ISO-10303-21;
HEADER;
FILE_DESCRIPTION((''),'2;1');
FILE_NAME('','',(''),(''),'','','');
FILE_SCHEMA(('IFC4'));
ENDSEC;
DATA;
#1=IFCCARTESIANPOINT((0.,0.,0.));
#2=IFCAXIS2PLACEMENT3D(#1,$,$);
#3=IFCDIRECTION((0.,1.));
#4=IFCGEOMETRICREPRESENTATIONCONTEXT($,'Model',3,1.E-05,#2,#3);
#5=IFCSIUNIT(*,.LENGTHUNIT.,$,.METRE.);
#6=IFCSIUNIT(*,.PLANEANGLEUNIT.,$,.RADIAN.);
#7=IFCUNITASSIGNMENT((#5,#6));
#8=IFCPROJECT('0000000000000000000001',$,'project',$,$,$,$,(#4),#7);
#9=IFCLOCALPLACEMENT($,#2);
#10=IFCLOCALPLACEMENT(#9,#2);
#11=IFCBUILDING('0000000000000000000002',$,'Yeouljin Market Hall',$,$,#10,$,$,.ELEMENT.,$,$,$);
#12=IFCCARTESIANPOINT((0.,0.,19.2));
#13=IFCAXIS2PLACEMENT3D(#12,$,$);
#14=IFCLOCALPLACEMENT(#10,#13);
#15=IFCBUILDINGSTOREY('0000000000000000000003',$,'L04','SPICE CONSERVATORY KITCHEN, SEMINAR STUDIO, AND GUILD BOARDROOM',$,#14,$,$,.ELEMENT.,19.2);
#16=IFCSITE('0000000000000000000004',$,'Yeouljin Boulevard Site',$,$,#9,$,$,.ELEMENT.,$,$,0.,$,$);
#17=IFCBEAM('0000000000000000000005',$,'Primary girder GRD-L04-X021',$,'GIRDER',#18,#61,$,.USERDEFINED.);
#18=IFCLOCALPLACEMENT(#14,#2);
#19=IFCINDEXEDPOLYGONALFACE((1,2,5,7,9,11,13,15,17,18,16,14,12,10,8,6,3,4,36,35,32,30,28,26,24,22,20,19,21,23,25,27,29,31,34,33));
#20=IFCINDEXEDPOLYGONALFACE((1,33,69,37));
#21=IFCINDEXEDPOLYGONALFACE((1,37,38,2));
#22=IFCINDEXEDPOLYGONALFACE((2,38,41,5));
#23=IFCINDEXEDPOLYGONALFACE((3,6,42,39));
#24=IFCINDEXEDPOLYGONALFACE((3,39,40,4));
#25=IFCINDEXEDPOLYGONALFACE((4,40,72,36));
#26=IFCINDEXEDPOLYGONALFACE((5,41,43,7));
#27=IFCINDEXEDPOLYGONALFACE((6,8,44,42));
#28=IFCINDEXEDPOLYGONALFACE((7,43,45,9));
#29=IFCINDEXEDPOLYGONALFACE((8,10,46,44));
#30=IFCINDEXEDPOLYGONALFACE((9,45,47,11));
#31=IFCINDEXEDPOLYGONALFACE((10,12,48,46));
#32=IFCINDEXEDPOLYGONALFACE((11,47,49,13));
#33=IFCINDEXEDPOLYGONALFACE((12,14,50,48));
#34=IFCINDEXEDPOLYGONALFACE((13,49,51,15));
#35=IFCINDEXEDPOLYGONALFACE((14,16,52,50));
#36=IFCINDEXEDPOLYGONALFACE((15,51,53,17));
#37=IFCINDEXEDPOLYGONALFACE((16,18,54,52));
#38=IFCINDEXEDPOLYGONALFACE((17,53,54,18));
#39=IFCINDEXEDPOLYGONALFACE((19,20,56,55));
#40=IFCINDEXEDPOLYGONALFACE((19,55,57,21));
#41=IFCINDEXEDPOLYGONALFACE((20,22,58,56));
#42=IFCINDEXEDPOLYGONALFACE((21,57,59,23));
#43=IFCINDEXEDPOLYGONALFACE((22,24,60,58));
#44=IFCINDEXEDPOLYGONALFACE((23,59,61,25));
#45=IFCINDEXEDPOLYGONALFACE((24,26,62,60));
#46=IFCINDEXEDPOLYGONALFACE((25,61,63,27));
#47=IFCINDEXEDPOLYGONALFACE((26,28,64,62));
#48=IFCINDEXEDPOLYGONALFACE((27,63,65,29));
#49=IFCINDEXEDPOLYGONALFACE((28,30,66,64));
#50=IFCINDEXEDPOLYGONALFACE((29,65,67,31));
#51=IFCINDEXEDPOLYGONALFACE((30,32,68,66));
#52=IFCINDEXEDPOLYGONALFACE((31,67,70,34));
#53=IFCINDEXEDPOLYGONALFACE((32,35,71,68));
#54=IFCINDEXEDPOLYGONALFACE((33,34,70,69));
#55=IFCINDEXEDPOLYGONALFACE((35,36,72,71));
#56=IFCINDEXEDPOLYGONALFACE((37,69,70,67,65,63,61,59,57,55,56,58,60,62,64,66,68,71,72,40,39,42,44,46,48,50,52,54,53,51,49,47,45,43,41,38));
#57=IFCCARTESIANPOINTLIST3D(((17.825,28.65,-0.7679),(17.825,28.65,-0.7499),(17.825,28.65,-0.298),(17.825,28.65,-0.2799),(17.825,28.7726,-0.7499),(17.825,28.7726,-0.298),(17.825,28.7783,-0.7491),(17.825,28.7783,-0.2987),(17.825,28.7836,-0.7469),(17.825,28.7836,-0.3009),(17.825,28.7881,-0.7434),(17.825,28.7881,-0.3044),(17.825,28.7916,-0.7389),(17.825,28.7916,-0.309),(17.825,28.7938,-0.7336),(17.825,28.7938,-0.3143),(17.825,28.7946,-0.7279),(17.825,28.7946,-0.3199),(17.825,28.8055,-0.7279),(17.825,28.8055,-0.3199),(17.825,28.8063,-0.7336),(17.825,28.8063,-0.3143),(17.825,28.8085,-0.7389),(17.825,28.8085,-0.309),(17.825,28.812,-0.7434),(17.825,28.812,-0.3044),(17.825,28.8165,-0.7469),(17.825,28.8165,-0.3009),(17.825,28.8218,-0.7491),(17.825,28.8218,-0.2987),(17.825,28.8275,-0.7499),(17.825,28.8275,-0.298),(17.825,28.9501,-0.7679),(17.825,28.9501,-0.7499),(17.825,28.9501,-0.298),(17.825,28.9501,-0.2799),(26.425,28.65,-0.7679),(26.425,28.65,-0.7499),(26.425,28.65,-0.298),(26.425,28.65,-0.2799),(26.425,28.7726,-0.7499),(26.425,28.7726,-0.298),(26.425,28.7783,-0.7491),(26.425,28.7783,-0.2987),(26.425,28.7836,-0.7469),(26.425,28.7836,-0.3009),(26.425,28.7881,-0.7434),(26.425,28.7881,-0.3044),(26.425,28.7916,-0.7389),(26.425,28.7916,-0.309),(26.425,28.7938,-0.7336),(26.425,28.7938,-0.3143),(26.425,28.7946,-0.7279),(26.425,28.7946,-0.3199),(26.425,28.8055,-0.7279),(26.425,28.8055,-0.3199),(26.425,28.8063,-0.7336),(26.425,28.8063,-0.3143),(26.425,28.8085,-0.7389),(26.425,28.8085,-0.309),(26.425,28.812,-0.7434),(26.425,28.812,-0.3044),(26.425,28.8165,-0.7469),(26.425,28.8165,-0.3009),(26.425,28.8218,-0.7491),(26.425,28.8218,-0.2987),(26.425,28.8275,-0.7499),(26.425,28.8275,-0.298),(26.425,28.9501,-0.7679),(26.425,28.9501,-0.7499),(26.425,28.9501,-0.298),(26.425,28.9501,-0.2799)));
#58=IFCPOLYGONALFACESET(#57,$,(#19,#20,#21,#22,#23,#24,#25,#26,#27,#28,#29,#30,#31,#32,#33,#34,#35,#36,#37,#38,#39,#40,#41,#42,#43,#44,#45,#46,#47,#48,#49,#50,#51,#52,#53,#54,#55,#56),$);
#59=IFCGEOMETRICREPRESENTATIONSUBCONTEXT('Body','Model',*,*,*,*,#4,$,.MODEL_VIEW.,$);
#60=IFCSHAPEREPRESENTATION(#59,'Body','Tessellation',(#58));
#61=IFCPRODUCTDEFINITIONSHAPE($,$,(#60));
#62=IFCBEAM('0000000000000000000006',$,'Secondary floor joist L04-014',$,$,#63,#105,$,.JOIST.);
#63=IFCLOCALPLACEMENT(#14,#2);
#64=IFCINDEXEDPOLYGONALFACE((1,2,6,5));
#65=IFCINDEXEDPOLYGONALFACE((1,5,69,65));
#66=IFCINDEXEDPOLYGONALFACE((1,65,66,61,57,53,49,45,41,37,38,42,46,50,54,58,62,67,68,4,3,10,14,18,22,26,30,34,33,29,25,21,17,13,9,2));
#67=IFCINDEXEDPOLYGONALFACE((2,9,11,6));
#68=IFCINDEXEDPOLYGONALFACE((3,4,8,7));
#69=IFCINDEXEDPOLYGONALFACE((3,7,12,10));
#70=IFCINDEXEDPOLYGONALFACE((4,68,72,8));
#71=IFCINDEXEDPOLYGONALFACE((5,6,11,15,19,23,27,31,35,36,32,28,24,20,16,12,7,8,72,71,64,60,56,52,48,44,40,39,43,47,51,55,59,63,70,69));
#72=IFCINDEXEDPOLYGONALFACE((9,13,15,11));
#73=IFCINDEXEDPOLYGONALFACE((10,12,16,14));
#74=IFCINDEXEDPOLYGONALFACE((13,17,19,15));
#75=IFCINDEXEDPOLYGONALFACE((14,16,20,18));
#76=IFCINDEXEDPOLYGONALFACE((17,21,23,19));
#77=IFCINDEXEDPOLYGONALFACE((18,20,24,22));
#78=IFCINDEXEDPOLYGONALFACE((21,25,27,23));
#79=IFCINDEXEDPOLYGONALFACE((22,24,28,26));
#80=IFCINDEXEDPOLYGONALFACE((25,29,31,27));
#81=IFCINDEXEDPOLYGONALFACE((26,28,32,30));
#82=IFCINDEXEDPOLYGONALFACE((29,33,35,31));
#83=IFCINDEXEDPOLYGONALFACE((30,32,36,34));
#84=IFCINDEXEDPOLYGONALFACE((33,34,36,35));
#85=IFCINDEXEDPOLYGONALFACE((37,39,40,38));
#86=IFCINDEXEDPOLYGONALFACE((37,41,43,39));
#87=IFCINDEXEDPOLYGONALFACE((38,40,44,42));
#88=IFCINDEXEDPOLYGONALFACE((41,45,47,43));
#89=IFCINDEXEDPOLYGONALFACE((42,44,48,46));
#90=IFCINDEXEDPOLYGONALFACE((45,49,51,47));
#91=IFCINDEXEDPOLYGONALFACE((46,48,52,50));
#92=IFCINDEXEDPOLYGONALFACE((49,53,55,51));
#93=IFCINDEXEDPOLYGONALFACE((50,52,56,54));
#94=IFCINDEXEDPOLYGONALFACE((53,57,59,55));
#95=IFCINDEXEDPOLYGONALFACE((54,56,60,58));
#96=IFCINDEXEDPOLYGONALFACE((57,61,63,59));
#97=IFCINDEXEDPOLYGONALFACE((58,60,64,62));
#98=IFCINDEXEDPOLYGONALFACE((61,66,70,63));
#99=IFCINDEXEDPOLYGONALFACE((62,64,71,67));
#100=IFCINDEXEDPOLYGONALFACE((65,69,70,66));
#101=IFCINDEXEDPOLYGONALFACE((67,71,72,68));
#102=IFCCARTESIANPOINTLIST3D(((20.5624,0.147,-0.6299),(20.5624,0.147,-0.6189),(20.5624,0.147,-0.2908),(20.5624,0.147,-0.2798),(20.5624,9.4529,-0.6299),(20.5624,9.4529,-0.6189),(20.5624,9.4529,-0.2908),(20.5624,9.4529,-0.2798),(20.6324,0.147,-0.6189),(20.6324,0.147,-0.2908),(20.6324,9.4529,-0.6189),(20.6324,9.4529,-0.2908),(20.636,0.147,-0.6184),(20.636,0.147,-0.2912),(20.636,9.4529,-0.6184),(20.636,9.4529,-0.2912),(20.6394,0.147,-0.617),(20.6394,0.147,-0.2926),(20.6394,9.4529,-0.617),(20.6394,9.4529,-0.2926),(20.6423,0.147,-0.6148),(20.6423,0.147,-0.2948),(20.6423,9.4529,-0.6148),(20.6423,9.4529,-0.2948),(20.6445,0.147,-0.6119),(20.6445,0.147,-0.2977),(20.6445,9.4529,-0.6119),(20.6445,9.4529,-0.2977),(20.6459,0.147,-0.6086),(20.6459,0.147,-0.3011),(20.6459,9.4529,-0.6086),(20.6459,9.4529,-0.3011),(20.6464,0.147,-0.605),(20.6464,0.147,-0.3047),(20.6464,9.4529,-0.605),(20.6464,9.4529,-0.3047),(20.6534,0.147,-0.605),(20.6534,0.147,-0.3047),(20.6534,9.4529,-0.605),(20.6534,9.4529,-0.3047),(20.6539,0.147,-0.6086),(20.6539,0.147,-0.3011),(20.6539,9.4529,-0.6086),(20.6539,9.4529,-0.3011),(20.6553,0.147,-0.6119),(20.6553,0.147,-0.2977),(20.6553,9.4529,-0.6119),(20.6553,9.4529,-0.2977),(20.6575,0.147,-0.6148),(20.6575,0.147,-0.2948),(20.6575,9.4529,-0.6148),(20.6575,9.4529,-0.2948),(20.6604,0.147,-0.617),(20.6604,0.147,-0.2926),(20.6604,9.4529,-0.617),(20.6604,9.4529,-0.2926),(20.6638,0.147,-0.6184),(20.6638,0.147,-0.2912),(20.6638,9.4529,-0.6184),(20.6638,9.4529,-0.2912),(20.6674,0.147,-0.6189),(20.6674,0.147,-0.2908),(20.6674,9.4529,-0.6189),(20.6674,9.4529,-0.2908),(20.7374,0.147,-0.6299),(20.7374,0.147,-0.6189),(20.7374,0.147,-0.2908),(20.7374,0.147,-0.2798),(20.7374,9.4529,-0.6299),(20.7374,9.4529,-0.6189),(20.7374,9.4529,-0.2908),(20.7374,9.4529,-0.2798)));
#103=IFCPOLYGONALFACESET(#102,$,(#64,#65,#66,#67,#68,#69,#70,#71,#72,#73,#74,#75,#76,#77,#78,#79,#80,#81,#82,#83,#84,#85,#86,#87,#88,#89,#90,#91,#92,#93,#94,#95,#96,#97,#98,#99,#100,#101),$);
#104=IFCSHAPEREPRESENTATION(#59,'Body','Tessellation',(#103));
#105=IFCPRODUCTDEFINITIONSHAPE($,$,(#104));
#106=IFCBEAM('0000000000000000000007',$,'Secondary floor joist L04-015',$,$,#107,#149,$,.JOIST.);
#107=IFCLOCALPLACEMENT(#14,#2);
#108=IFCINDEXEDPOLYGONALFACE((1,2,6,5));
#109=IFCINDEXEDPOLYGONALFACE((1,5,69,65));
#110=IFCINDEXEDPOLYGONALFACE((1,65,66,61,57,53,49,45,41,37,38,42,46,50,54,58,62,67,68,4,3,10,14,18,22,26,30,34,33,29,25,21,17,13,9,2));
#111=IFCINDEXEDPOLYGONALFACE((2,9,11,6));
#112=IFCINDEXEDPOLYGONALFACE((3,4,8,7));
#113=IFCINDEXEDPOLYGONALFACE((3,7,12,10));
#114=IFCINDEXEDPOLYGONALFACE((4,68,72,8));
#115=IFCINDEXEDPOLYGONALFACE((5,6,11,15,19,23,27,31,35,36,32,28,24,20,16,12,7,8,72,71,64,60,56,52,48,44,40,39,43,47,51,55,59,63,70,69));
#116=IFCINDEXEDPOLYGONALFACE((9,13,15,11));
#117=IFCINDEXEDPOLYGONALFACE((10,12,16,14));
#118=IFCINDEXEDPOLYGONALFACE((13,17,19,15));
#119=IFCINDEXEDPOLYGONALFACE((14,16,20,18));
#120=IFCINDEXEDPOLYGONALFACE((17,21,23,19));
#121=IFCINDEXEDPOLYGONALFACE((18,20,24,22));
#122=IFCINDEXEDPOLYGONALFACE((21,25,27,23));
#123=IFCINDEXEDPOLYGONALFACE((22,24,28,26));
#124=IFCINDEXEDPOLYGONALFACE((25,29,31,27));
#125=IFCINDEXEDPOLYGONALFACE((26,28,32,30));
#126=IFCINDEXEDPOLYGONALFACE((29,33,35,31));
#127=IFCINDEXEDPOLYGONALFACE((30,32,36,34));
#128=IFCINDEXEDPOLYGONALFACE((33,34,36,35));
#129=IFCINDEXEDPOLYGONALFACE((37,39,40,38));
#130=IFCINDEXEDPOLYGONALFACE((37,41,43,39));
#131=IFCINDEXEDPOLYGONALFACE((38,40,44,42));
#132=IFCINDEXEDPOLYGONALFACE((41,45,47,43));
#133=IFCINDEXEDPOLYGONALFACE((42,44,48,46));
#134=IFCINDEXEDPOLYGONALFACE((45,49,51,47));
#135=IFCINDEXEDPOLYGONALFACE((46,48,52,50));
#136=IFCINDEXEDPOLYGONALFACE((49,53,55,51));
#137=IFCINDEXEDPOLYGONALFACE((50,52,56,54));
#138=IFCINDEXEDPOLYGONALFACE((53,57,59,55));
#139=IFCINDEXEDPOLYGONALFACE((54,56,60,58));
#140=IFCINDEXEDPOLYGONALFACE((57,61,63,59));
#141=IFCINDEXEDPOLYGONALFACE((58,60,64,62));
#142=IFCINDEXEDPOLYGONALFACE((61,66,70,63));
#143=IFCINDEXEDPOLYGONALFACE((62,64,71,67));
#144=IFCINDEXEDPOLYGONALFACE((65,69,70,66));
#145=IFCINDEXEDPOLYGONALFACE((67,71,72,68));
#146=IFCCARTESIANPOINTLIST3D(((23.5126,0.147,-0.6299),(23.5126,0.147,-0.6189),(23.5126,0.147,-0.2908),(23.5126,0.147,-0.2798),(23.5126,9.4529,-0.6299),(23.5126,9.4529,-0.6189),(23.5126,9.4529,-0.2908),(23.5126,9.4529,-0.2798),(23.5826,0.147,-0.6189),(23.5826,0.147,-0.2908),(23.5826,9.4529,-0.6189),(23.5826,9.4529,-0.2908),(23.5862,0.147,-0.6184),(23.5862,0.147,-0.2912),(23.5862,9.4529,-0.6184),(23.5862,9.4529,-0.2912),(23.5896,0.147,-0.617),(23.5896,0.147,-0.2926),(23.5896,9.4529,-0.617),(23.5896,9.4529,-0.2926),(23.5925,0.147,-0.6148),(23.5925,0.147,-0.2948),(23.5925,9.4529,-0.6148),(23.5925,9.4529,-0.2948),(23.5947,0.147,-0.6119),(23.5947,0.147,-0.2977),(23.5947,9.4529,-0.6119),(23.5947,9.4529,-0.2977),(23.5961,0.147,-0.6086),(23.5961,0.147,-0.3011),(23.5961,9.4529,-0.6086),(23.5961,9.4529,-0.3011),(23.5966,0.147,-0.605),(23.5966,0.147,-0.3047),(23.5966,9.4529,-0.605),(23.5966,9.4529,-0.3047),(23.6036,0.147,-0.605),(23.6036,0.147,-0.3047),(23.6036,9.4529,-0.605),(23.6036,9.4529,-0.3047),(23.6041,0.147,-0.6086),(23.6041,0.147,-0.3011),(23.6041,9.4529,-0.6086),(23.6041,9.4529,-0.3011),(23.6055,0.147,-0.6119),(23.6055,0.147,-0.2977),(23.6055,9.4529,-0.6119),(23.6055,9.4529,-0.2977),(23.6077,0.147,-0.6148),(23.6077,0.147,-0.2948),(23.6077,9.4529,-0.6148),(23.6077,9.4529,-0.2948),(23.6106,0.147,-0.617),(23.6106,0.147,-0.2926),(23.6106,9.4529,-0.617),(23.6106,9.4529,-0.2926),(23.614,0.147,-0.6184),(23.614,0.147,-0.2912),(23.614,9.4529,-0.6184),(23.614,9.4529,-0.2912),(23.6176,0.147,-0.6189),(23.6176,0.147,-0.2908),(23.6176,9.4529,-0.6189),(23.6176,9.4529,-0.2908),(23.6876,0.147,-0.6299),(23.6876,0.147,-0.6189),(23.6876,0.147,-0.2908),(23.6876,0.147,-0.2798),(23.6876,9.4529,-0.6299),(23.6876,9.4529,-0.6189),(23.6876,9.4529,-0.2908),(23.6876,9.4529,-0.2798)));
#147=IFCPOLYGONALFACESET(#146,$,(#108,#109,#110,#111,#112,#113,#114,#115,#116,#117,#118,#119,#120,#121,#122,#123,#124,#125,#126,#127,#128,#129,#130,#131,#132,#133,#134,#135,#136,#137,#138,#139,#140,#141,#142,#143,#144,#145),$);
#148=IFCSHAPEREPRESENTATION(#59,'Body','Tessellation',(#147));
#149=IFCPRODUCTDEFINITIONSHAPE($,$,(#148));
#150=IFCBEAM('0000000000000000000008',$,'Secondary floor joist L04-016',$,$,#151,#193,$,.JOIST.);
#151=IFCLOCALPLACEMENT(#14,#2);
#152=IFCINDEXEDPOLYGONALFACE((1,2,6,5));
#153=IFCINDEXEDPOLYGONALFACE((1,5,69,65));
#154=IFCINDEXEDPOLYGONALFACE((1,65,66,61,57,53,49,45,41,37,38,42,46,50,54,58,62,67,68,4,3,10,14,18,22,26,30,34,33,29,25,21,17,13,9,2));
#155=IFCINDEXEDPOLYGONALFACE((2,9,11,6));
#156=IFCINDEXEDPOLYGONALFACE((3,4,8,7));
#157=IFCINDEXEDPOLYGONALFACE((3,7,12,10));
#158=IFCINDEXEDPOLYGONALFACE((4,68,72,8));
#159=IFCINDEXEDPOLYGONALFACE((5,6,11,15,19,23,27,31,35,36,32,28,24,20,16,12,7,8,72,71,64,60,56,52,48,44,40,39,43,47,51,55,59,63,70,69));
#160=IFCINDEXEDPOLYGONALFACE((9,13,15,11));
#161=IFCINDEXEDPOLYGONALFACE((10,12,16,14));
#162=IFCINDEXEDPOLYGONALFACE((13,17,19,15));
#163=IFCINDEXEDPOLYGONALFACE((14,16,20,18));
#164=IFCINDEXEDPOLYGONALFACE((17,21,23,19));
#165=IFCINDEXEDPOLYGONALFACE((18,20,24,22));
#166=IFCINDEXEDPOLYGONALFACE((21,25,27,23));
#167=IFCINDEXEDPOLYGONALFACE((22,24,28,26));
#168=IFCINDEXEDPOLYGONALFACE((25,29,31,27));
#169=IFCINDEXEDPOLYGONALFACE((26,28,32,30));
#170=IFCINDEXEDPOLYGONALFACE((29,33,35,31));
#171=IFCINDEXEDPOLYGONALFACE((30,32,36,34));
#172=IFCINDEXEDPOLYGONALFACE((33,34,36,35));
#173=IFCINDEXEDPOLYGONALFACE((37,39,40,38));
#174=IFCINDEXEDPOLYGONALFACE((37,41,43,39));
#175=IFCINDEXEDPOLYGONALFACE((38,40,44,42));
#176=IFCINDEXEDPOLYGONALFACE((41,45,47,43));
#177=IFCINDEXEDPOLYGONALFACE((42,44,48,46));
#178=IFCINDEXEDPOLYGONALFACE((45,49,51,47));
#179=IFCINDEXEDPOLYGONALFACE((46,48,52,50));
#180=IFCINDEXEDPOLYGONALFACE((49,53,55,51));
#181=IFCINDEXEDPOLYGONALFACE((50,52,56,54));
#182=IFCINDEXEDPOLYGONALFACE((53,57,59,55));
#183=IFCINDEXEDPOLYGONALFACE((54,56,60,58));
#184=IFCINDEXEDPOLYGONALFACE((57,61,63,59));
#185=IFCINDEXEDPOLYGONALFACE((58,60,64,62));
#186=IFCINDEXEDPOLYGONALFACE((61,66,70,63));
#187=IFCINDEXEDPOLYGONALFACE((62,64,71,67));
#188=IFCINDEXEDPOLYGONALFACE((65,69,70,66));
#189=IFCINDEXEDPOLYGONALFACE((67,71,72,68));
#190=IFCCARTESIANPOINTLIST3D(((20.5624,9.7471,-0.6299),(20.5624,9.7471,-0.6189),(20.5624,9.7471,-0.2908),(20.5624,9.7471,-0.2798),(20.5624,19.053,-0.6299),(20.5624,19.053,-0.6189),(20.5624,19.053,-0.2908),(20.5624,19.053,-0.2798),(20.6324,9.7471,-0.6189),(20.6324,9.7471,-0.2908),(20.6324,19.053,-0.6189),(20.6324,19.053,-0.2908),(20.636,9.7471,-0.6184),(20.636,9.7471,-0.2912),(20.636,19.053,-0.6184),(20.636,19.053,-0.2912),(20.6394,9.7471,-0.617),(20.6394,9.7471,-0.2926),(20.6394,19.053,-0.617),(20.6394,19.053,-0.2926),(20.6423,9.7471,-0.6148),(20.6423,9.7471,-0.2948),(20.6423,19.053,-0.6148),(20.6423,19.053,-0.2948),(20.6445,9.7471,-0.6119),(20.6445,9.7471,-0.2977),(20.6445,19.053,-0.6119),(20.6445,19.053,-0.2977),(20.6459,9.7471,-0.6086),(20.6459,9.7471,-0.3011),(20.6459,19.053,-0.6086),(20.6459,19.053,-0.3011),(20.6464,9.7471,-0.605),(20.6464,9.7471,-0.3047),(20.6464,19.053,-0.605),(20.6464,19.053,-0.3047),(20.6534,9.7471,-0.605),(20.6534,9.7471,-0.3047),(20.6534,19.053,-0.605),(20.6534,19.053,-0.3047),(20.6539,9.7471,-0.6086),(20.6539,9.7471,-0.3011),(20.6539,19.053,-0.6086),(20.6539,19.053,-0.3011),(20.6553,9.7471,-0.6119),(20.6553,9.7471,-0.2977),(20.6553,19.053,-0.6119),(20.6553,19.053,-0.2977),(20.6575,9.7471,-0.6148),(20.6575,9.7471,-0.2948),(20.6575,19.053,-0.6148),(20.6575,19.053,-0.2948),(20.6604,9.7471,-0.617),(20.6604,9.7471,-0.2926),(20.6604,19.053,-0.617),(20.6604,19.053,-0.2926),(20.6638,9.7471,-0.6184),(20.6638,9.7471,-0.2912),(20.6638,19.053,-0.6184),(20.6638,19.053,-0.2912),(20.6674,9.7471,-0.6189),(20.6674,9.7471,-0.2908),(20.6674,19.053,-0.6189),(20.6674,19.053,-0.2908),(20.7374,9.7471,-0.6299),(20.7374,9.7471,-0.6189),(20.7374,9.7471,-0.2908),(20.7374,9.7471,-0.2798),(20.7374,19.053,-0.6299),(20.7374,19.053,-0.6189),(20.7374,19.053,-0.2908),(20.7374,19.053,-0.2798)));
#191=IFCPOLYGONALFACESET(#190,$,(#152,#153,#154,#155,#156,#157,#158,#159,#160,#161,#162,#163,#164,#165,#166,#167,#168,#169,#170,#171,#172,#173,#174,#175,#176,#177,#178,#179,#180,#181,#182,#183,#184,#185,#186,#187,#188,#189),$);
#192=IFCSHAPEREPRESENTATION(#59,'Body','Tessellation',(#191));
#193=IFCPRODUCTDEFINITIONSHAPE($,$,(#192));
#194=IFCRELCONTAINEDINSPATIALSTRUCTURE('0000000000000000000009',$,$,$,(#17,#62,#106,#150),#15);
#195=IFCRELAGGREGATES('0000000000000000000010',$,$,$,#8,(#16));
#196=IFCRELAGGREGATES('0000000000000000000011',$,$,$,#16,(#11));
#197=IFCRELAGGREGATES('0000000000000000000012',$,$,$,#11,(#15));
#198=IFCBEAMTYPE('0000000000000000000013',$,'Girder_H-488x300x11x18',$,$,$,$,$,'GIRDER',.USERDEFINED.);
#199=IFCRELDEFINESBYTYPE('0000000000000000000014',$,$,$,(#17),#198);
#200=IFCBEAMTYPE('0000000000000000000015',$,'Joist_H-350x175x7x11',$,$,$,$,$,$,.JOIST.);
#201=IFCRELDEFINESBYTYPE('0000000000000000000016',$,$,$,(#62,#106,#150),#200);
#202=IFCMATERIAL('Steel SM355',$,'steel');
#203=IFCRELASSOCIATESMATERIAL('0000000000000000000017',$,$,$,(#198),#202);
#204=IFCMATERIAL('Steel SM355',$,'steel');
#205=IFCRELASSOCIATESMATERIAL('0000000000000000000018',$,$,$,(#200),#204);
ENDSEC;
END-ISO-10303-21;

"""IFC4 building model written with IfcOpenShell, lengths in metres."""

from ifc_helpers import new_model, si_unit, direction, frame, origin, origin_2d, place, context, subcontext, project, spatial, i_section, extrude, material, material_profile, profile_set, type_object, element, save


model = new_model("IFC4")

# Units and contexts
model_context = context("Model", 3, precision=1e-05, world=origin(), true_north=direction((0.0, 1.0)))
body_context = subcontext(model_context, "Body", "Model", "MODEL_VIEW")
ifc_project = project(units=[si_unit("LENGTHUNIT", "METRE"), si_unit("PLANEANGLEUNIT", "RADIAN")], contexts=[model_context])

# Site, building, storey
site_placement = place(None, origin())
site = spatial("IfcSite", under=ifc_project, at=site_placement, Name="Yeouljin Boulevard Site", CompositionType="ELEMENT", RefElevation=0.0)
building_placement = place(site_placement, origin())
building = spatial("IfcBuilding", under=site, at=building_placement, Name="Yeouljin Market Hall", CompositionType="ELEMENT")
storey_placement = place(building_placement, frame((0.0, 0.0, 19.2)))
storey = spatial("IfcBuildingStorey", under=building, at=storey_placement, Name="L04", Description="SPICE CONSERVATORY KITCHEN, SEMINAR STUDIO, AND GUILD BOARDROOM", CompositionType="ELEMENT", Elevation=19.2)

# Beams
ifc_material_1 = material(Name="Steel SM355", Category="steel")
ifc_material_profile_1 = material_profile(ifc_material_1, i_section(OverallWidth=0.3, OverallDepth=0.488, WebThickness=0.011, FlangeThickness=0.0181, FilletRadius=0.022, at=origin_2d()), Name="H-488x300x11x18")
ifc_profile_set_1 = profile_set([ifc_material_profile_1], Name="Steel SM355")
beam_type_1 = type_object("IfcBeamType", Name="Girder_H-488x300x11x18", ElementType="GIRDER", PredefinedType="USERDEFINED", material=ifc_profile_set_1)
for number, where, z_axis, x_axis, name in (
    (1, (17.825, 28.8, -0.5239), (1.0, 0.0, 0.0), (0.0, 1.0, 0.0), "Primary girder GRD-L04-X021"),
):
    element("IfcBeam", number, at=place(storey_placement, frame(where, z_axis=z_axis, x_axis=x_axis)), inside=storey, type_object=beam_type_1, Name=name, ObjectType="GIRDER", PredefinedType="USERDEFINED", context=body_context, shape_type="SweptSolid", body=[
        extrude(i_section(OverallWidth=0.3, OverallDepth=0.488, WebThickness=0.011, FlangeThickness=0.0181, FilletRadius=0.022, at=origin_2d()), origin(), (0.0, 0.0, 1.0), 8.6001),
    ])
ifc_material_2 = material(Name="Steel SM355", Category="steel")
ifc_material_profile_2 = material_profile(ifc_material_2, i_section(OverallWidth=0.175, OverallDepth=0.3501, WebThickness=0.0071, FlangeThickness=0.011, FilletRadius=0.0139, at=origin_2d()), Name="H-350x175x7x11")
ifc_profile_set_2 = profile_set([ifc_material_profile_2], Name="Steel SM355")
beam_type_2 = type_object("IfcBeamType", Name="Joist_H-350x175x7x11", PredefinedType="JOIST", material=ifc_profile_set_2)
for number, where, z_axis, x_axis, name in (
    (2, (20.6499, 0.147, -0.4548), (0.0, 1.0, 0.0), (-1.0, 0.0, 0.0), "Secondary floor joist L04-014"),
    (3, (23.6001, 0.147, -0.4548), (0.0, 1.0, 0.0), (-1.0, 0.0, 0.0), "Secondary floor joist L04-015"),
    (4, (20.6499, 9.7471, -0.4548), (0.0, 1.0, 0.0), (-1.0, 0.0, 0.0), "Secondary floor joist L04-016"),
):
    element("IfcBeam", number, at=place(storey_placement, frame(where, z_axis=z_axis, x_axis=x_axis)), inside=storey, type_object=beam_type_2, Name=name, PredefinedType="JOIST", context=body_context, shape_type="SweptSolid", body=[
        extrude(i_section(OverallWidth=0.175, OverallDepth=0.3501, WebThickness=0.0071, FlangeThickness=0.011, FilletRadius=0.0139, at=origin_2d()), origin(), (0.0, 0.0, 1.0), 9.3059),
    ])

save(model, "model.ifc")
